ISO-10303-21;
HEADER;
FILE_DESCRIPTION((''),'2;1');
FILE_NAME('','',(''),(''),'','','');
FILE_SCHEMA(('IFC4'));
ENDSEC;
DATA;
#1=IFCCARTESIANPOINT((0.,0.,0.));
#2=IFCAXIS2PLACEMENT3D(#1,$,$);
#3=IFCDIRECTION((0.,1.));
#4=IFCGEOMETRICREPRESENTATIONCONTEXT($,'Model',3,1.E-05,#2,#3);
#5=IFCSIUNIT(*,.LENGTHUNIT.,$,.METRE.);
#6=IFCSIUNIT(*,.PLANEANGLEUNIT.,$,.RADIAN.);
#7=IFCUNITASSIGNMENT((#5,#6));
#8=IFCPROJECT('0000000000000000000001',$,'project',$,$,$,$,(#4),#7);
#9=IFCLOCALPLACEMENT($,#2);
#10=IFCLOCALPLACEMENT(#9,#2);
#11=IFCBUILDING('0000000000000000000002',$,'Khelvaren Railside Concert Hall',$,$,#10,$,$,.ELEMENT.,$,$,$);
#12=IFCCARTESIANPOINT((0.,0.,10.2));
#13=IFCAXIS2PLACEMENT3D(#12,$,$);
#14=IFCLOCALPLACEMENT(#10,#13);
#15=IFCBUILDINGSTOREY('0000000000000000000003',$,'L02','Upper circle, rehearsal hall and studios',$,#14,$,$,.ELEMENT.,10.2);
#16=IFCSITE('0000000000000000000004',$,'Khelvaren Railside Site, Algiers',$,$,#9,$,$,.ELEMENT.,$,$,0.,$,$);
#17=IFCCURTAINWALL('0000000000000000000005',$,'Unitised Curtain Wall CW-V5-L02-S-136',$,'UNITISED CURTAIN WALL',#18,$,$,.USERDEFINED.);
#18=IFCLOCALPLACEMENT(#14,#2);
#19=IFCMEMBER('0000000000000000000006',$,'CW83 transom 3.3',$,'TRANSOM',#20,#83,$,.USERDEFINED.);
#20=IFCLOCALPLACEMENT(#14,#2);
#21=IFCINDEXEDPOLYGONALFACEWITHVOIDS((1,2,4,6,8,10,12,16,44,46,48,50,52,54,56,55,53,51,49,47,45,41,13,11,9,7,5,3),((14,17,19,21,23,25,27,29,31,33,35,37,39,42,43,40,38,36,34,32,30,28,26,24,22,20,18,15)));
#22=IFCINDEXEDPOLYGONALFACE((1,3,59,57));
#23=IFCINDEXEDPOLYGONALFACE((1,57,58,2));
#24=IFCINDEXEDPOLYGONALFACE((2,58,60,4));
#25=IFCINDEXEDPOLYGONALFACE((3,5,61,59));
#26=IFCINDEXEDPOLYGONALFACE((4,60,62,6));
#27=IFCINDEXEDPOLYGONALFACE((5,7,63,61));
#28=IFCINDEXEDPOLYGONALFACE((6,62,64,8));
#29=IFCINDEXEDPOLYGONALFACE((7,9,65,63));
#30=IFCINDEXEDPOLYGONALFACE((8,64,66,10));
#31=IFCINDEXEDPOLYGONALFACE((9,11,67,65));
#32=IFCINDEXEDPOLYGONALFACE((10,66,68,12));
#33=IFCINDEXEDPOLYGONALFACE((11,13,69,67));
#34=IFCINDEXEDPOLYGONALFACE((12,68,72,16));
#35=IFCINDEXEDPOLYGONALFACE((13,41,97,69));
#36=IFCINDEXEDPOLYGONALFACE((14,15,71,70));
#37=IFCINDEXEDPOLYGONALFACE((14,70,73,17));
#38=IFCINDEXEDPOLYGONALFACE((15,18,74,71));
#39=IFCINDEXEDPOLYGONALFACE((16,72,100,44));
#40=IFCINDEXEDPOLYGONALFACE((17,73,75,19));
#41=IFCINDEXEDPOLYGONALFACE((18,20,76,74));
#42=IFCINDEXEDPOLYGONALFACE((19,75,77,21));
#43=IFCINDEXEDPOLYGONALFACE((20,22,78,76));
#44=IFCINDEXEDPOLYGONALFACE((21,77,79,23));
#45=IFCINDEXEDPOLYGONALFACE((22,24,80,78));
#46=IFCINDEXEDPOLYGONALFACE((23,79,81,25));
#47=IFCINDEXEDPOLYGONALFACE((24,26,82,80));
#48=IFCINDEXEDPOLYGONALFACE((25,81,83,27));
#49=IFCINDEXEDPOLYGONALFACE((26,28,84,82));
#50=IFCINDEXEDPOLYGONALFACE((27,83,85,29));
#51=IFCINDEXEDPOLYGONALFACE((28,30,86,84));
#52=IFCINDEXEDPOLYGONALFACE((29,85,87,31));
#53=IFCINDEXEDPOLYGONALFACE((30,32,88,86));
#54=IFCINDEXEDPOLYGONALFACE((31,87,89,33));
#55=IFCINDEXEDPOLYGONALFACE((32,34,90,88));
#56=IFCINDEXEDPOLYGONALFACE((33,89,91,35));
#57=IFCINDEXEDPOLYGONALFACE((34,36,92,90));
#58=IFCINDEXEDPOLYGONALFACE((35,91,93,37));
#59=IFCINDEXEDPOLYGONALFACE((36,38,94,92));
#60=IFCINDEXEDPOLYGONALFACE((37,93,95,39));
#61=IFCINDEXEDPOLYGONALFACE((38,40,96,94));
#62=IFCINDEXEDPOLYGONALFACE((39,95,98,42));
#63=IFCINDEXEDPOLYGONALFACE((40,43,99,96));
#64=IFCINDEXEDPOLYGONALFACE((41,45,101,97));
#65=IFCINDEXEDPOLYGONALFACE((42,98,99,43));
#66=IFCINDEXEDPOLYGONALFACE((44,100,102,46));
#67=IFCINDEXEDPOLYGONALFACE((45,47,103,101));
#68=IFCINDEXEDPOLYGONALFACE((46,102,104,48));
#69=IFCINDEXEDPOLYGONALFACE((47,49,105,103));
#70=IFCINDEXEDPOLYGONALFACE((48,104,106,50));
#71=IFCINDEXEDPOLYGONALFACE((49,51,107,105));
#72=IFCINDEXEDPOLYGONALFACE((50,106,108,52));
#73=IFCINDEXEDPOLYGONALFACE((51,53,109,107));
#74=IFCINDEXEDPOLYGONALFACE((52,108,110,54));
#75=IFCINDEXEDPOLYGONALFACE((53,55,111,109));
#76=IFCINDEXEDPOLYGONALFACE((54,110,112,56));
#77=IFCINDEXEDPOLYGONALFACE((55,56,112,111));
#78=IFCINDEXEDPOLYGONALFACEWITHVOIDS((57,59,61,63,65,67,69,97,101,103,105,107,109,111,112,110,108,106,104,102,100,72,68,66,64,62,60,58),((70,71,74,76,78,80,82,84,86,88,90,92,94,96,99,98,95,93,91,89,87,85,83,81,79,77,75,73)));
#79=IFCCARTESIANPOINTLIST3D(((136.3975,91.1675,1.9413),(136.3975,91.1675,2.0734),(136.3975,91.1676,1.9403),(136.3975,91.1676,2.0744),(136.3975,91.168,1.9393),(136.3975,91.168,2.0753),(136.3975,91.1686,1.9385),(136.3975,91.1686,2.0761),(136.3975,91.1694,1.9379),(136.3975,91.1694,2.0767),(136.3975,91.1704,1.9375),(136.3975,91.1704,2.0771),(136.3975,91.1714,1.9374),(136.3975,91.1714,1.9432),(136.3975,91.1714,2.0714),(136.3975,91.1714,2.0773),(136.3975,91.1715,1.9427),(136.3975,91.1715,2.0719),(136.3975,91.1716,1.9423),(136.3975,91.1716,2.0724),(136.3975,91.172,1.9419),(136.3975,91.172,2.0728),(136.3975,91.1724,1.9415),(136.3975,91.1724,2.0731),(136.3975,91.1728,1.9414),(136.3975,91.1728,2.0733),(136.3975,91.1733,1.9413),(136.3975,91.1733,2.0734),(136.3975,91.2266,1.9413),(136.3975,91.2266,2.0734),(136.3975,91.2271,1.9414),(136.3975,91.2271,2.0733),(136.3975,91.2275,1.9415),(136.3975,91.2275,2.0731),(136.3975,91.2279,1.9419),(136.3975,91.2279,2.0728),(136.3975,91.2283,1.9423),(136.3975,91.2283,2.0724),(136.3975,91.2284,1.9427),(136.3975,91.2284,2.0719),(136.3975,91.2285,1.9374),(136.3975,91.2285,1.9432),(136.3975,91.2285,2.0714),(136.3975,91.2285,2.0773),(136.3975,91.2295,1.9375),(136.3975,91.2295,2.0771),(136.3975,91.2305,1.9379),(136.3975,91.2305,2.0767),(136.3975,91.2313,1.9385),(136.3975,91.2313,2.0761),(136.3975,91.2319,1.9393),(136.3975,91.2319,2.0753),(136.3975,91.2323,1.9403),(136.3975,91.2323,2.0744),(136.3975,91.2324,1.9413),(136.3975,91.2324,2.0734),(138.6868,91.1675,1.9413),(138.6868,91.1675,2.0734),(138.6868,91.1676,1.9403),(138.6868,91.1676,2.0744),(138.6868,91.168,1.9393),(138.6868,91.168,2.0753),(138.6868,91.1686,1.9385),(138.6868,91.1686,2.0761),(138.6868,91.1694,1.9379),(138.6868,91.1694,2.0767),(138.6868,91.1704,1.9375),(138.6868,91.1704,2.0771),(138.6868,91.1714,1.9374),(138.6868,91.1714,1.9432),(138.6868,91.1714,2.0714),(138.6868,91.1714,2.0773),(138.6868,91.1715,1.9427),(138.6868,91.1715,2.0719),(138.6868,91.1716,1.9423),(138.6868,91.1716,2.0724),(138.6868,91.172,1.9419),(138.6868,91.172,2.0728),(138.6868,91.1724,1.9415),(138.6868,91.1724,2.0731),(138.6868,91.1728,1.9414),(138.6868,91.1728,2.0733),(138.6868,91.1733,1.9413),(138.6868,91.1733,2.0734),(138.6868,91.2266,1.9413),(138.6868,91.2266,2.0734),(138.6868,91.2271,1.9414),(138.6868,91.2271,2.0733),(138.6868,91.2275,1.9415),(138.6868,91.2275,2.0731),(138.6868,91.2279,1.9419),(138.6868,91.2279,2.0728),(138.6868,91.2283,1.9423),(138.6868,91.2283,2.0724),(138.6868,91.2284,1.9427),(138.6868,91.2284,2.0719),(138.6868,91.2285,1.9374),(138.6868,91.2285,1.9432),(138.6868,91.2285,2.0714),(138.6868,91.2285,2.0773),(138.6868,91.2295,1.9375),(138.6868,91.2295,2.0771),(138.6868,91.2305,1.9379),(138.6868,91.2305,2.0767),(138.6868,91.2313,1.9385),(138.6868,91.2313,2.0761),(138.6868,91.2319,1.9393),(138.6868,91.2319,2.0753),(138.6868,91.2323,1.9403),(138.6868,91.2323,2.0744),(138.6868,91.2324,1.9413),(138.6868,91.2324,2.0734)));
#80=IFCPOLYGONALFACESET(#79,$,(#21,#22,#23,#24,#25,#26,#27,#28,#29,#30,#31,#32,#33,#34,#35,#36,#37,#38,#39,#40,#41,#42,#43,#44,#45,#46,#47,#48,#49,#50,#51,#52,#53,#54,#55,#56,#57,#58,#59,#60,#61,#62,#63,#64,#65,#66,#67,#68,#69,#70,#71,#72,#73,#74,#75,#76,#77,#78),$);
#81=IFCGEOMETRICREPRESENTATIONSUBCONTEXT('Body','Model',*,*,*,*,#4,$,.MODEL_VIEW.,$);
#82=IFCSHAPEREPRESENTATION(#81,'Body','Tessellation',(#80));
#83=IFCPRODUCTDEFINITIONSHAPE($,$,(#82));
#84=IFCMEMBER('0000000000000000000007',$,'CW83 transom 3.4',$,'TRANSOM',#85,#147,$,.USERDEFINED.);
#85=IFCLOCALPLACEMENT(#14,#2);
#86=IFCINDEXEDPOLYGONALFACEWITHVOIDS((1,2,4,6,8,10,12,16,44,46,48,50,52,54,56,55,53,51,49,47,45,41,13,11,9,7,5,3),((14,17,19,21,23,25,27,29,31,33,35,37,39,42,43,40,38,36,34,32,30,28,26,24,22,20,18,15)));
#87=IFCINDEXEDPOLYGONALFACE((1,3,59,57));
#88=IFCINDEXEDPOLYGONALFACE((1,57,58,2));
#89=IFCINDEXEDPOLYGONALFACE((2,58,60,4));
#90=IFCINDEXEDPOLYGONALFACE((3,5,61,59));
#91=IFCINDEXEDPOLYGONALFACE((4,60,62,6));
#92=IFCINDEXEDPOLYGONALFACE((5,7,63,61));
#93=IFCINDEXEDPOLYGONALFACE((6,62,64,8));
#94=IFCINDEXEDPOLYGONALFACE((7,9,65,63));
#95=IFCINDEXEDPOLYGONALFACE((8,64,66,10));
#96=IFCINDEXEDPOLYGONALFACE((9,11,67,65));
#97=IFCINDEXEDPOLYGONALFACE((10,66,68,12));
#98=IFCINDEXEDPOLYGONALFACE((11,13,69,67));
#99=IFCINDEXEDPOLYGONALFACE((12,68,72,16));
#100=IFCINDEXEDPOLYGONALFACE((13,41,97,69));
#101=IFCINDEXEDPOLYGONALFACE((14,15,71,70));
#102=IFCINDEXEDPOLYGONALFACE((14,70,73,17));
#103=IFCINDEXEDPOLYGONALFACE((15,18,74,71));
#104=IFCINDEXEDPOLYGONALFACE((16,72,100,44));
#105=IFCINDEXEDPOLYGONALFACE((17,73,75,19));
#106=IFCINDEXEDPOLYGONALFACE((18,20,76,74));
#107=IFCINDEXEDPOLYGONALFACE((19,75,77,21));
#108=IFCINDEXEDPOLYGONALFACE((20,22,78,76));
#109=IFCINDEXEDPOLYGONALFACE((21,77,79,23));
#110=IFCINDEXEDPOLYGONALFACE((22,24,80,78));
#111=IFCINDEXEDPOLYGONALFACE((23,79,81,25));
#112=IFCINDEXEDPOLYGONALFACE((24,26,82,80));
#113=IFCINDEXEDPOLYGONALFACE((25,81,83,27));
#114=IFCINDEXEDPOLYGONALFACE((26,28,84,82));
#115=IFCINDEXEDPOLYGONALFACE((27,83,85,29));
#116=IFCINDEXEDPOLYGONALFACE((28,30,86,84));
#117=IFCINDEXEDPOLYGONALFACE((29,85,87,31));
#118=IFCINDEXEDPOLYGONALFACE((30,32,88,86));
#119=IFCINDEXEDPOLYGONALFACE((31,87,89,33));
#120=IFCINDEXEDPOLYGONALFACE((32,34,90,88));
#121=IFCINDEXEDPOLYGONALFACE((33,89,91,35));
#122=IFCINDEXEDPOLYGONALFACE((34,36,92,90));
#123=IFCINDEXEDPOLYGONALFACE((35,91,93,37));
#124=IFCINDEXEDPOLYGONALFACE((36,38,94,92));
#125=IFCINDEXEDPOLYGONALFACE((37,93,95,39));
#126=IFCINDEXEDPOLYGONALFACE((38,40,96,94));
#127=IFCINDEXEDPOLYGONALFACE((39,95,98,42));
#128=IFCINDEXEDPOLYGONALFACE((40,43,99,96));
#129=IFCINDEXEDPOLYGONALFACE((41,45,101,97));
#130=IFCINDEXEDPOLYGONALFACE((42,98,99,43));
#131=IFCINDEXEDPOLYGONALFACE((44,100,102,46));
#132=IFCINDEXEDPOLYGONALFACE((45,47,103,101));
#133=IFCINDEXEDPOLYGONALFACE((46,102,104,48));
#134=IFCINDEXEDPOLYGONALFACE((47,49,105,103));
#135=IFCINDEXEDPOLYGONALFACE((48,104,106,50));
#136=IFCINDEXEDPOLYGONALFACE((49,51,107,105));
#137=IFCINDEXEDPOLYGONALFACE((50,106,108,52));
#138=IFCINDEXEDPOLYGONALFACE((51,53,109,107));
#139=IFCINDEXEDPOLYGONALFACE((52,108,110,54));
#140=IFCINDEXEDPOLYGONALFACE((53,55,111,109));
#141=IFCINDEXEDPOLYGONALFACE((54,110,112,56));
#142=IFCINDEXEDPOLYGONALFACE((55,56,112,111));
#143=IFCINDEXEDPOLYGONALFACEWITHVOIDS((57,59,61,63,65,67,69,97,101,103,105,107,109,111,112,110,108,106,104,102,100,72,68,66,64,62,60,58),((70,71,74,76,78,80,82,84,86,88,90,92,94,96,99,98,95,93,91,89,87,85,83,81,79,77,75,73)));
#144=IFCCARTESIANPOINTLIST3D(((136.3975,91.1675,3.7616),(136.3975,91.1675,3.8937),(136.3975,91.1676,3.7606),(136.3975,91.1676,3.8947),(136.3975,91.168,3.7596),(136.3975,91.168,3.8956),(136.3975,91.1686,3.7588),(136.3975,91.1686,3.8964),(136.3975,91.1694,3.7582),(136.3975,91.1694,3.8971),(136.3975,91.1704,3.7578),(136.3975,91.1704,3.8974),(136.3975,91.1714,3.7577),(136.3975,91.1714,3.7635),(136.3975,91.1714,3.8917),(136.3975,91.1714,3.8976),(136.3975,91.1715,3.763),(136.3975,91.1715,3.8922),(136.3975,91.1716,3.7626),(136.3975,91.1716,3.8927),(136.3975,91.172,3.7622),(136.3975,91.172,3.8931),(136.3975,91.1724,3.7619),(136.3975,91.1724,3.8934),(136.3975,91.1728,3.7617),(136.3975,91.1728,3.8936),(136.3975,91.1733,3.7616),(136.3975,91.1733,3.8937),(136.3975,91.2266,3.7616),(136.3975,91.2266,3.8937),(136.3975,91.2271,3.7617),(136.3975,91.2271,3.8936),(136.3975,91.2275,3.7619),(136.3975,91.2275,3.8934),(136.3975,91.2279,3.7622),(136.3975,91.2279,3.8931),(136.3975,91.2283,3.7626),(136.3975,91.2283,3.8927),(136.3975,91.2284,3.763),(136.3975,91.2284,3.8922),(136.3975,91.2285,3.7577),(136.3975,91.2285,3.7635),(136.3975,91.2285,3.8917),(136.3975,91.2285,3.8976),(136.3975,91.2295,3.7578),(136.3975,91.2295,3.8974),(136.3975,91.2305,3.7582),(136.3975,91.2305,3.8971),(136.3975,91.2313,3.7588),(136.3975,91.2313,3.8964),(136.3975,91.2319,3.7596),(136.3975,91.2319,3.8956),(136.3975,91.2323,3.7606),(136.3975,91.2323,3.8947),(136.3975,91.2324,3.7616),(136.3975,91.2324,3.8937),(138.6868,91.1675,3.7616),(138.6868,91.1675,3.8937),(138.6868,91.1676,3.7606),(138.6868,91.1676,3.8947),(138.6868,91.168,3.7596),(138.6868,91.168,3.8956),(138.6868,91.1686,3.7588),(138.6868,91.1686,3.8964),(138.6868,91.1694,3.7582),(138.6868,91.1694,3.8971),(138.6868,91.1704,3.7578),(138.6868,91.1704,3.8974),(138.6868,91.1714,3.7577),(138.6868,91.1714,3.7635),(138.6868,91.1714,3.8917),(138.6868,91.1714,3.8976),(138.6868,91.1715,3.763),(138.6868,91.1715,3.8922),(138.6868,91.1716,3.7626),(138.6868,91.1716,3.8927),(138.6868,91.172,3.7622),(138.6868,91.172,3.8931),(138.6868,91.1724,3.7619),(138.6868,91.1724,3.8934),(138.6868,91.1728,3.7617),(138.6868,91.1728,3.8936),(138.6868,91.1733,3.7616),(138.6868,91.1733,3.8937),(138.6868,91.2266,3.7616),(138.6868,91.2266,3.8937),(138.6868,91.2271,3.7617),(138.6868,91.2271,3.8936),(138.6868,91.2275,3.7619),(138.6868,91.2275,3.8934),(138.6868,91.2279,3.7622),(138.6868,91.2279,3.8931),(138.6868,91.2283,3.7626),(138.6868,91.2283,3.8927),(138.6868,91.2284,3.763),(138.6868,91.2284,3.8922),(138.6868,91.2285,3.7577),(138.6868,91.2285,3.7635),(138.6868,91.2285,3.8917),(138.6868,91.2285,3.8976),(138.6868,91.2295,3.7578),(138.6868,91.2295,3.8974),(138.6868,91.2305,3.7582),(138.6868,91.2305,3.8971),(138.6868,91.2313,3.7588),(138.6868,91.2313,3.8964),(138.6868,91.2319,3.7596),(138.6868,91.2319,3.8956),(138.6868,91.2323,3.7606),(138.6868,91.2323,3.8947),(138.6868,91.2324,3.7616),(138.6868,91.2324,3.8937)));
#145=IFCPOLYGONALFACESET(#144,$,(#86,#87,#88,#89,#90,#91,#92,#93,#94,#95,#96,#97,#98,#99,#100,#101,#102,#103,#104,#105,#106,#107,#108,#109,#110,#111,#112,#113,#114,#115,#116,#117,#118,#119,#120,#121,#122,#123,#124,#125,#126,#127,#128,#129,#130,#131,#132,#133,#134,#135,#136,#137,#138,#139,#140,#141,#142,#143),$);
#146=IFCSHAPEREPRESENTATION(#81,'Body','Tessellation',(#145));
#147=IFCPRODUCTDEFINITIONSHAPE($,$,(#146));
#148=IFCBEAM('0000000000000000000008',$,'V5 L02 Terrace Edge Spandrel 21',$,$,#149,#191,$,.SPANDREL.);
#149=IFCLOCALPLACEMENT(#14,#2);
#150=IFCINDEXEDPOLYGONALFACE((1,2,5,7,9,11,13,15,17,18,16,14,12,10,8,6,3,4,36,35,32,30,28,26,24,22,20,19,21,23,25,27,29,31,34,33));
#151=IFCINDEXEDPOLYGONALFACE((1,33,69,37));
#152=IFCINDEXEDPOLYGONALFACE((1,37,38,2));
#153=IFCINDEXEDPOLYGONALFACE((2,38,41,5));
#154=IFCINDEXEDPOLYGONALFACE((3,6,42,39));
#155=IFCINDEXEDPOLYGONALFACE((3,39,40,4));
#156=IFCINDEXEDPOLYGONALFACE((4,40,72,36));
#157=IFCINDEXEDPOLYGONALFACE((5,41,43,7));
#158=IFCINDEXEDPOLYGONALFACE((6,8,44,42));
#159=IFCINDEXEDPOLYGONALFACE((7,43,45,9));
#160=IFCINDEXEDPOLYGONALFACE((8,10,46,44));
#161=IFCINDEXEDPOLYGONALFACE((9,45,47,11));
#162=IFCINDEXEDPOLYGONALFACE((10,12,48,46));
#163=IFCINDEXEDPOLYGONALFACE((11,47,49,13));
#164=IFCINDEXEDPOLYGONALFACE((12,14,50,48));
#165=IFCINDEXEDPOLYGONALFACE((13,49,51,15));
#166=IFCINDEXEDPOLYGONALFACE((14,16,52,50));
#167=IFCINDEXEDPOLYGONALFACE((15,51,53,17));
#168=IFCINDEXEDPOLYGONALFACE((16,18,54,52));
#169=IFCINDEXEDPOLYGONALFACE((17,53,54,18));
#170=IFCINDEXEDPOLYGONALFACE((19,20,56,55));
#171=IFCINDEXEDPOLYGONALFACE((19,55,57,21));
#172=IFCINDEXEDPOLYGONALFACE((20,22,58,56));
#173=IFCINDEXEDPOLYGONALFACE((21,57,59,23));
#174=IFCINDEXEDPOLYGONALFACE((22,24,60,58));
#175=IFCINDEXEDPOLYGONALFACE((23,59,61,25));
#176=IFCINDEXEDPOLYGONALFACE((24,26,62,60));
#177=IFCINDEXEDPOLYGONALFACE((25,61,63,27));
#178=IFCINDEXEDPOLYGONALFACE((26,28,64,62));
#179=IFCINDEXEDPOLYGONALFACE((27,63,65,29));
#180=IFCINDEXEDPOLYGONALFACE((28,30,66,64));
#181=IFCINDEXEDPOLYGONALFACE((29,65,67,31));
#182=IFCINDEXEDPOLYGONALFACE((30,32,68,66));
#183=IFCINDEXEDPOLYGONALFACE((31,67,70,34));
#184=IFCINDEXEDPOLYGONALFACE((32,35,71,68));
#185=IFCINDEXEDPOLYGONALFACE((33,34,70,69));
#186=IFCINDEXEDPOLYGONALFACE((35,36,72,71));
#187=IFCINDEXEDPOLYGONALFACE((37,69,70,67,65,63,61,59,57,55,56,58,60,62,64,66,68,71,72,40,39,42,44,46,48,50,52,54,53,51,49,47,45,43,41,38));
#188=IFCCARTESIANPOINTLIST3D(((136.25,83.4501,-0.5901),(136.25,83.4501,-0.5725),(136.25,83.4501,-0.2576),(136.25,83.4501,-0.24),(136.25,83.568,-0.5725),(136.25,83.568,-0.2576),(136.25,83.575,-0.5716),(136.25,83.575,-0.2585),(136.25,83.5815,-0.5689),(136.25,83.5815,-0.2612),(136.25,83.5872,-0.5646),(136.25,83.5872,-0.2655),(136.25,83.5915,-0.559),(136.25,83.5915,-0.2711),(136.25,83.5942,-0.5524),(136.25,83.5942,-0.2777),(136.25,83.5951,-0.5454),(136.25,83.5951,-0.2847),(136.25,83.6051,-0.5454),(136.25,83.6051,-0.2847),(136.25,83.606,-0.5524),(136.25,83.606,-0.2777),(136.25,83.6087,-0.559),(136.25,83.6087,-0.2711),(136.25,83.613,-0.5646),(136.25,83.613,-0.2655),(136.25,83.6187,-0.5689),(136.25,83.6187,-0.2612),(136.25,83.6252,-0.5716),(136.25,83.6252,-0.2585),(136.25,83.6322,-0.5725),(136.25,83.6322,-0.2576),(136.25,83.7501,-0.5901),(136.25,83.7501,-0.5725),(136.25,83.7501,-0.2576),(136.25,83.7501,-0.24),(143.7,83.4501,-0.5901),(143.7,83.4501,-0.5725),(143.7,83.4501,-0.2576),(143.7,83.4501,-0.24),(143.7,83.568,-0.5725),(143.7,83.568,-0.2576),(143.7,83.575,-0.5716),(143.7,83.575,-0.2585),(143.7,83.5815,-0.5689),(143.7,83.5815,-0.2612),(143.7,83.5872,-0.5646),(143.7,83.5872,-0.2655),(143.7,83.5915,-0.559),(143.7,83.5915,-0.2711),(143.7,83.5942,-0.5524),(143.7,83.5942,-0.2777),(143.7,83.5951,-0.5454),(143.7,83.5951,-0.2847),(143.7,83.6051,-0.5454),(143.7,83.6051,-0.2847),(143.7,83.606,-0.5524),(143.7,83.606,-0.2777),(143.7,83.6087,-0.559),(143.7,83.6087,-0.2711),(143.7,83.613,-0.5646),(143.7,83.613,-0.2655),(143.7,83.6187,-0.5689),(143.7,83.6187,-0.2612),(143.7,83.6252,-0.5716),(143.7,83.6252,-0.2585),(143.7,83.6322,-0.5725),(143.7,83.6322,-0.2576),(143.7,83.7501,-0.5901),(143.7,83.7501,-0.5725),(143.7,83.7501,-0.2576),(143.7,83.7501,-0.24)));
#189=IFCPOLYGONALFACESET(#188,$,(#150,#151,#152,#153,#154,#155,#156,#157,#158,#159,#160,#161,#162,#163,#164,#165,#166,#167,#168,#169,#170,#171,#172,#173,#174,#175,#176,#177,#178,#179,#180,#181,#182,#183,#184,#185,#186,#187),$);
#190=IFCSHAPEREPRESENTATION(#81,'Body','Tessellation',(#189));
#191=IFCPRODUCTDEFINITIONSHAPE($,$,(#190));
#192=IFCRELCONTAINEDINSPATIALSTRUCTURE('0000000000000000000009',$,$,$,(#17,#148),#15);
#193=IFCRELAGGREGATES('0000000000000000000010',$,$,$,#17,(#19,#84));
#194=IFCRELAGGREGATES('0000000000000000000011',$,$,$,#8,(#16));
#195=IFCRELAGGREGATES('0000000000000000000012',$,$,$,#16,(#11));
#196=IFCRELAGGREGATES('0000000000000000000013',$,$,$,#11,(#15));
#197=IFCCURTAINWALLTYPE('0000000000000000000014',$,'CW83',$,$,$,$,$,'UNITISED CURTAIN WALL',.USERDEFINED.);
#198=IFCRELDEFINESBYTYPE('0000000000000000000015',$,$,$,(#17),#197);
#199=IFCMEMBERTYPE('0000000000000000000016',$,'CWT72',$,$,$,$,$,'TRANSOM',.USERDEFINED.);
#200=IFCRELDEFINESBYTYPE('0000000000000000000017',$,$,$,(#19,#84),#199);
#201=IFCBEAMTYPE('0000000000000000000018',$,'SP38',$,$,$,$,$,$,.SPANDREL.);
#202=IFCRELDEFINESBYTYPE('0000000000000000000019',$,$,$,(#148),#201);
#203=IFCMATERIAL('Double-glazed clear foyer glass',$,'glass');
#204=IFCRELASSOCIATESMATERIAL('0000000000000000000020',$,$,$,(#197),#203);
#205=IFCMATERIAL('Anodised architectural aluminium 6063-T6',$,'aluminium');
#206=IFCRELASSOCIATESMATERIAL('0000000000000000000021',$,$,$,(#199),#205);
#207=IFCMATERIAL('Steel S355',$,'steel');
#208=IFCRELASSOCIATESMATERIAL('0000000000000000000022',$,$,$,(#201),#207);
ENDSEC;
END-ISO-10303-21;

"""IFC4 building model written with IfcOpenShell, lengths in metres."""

from ifc_helpers import new_model, si_unit, direction, frame, origin, origin_2d, place, context, subcontext, project, spatial, hollow_rectangle, i_section, extrude, material, material_profile, profile_set, type_object, element, aggregate, save


model = new_model("IFC4")

# Units and contexts
model_context = context("Model", 3, precision=1e-05, world=origin(), true_north=direction((0.0, 1.0)))
body_context = subcontext(model_context, "Body", "Model", "MODEL_VIEW")
ifc_project = project(units=[si_unit("LENGTHUNIT", "METRE"), si_unit("PLANEANGLEUNIT", "RADIAN")], contexts=[model_context])

# Site, building, storey
site_placement = place(None, origin())
site = spatial("IfcSite", under=ifc_project, at=site_placement, Name="Khelvaren Railside Site, Algiers", CompositionType="ELEMENT", RefElevation=0.0)
building_placement = place(site_placement, origin())
building = spatial("IfcBuilding", under=site, at=building_placement, Name="Khelvaren Railside Concert Hall", CompositionType="ELEMENT")
storey_placement = place(building_placement, frame((0.0, 0.0, 10.2)))
storey = spatial("IfcBuildingStorey", under=building, at=storey_placement, Name="L02", Description="Upper circle, rehearsal hall and studios", CompositionType="ELEMENT", Elevation=10.2)

# Shared definitions
ifc_material_1 = material(Name="Double-glazed clear foyer glass", Category="glass")
ifc_material_2 = material(Name="Anodised architectural aluminium 6063-T6", Category="aluminium")

# Curtain wall
curtain_wall_type_1 = type_object("IfcCurtainWallType", Name="CW83", ElementType="UNITISED CURTAIN WALL", PredefinedType="USERDEFINED", material=ifc_material_1)
curtain_wall_1_placement = place(storey_placement, origin())
curtain_wall_1 = element("IfcCurtainWall", 1, at=curtain_wall_1_placement, inside=storey, type_object=curtain_wall_type_1, Name="Unitised Curtain Wall CW-V5-L02-S-136", ObjectType="UNITISED CURTAIN WALL", PredefinedType="USERDEFINED")

# Members
ifc_material_profile_1 = material_profile(ifc_material_2, hollow_rectangle(XDim=0.0649, YDim=0.1399, WallThickness=0.0039, InnerFilletRadius=0.002, OuterFilletRadius=0.0039, at=origin_2d()), Name="CWT 65x140x4")
ifc_profile_set_1 = profile_set([ifc_material_profile_1], Name="Anodised architectural aluminium 6063-T6")
member_type_1 = type_object("IfcMemberType", Name="CWT72", ElementType="TRANSOM", PredefinedType="USERDEFINED", material=ifc_profile_set_1)
member_1_placement = place(storey_placement, frame((138.6868, 91.2, 2.0073), z_axis=(-1.0, 0.0, 0.0), x_axis=(0.0, -1.0, 0.0)))
member_1 = element("IfcMember", 2, at=member_1_placement, type_object=member_type_1, Name="CW83 transom 3.3", ObjectType="TRANSOM", PredefinedType="USERDEFINED", context=body_context, shape_type="SweptSolid", body=[
    extrude(hollow_rectangle(XDim=0.0649, YDim=0.1399, WallThickness=0.0039, InnerFilletRadius=0.002, OuterFilletRadius=0.0039, at=origin_2d()), origin(), (0.0, 0.0, 1.0), 2.2893),
])
member_2_placement = place(storey_placement, frame((138.6868, 91.2, 3.8276), z_axis=(-1.0, 0.0, 0.0), x_axis=(0.0, -1.0, 0.0)))
member_2 = element("IfcMember", 3, at=member_2_placement, type_object=member_type_1, Name="CW83 transom 3.4", ObjectType="TRANSOM", PredefinedType="USERDEFINED", context=body_context, shape_type="SweptSolid", body=[
    extrude(hollow_rectangle(XDim=0.0649, YDim=0.1399, WallThickness=0.0039, InnerFilletRadius=0.002, OuterFilletRadius=0.0039, at=origin_2d()), origin(), (0.0, 0.0, 1.0), 2.2893),
])

# Beam
ifc_material_3 = material(Name="Steel S355", Category="steel")
ifc_material_profile_2 = material_profile(ifc_material_3, i_section(OverallWidth=0.3, OverallDepth=0.3501, WebThickness=0.01, FlangeThickness=0.0176, FilletRadius=0.0271, at=origin_2d()), Name="HEA 360")
ifc_profile_set_2 = profile_set([ifc_material_profile_2], Name="Steel S355")
beam_type_1 = type_object("IfcBeamType", Name="SP38", PredefinedType="SPANDREL", material=ifc_profile_set_2)
beam_1_placement = place(storey_placement, frame((136.25, 83.6001, -0.415), z_axis=(1.0, 0.0, 0.0), x_axis=(0.0, 1.0, 0.0)))
element("IfcBeam", 4, at=beam_1_placement, inside=storey, type_object=beam_type_1, Name="V5 L02 Terrace Edge Spandrel 21", PredefinedType="SPANDREL", context=body_context, shape_type="SweptSolid", body=[
    extrude(i_section(OverallWidth=0.3, OverallDepth=0.3501, WebThickness=0.01, FlangeThickness=0.0176, FilletRadius=0.0271, at=origin_2d()), origin(), (0.0, 0.0, 1.0), 7.45),
])

aggregate(curtain_wall_1, [member_1, member_2])

save(model, "model.ifc")
